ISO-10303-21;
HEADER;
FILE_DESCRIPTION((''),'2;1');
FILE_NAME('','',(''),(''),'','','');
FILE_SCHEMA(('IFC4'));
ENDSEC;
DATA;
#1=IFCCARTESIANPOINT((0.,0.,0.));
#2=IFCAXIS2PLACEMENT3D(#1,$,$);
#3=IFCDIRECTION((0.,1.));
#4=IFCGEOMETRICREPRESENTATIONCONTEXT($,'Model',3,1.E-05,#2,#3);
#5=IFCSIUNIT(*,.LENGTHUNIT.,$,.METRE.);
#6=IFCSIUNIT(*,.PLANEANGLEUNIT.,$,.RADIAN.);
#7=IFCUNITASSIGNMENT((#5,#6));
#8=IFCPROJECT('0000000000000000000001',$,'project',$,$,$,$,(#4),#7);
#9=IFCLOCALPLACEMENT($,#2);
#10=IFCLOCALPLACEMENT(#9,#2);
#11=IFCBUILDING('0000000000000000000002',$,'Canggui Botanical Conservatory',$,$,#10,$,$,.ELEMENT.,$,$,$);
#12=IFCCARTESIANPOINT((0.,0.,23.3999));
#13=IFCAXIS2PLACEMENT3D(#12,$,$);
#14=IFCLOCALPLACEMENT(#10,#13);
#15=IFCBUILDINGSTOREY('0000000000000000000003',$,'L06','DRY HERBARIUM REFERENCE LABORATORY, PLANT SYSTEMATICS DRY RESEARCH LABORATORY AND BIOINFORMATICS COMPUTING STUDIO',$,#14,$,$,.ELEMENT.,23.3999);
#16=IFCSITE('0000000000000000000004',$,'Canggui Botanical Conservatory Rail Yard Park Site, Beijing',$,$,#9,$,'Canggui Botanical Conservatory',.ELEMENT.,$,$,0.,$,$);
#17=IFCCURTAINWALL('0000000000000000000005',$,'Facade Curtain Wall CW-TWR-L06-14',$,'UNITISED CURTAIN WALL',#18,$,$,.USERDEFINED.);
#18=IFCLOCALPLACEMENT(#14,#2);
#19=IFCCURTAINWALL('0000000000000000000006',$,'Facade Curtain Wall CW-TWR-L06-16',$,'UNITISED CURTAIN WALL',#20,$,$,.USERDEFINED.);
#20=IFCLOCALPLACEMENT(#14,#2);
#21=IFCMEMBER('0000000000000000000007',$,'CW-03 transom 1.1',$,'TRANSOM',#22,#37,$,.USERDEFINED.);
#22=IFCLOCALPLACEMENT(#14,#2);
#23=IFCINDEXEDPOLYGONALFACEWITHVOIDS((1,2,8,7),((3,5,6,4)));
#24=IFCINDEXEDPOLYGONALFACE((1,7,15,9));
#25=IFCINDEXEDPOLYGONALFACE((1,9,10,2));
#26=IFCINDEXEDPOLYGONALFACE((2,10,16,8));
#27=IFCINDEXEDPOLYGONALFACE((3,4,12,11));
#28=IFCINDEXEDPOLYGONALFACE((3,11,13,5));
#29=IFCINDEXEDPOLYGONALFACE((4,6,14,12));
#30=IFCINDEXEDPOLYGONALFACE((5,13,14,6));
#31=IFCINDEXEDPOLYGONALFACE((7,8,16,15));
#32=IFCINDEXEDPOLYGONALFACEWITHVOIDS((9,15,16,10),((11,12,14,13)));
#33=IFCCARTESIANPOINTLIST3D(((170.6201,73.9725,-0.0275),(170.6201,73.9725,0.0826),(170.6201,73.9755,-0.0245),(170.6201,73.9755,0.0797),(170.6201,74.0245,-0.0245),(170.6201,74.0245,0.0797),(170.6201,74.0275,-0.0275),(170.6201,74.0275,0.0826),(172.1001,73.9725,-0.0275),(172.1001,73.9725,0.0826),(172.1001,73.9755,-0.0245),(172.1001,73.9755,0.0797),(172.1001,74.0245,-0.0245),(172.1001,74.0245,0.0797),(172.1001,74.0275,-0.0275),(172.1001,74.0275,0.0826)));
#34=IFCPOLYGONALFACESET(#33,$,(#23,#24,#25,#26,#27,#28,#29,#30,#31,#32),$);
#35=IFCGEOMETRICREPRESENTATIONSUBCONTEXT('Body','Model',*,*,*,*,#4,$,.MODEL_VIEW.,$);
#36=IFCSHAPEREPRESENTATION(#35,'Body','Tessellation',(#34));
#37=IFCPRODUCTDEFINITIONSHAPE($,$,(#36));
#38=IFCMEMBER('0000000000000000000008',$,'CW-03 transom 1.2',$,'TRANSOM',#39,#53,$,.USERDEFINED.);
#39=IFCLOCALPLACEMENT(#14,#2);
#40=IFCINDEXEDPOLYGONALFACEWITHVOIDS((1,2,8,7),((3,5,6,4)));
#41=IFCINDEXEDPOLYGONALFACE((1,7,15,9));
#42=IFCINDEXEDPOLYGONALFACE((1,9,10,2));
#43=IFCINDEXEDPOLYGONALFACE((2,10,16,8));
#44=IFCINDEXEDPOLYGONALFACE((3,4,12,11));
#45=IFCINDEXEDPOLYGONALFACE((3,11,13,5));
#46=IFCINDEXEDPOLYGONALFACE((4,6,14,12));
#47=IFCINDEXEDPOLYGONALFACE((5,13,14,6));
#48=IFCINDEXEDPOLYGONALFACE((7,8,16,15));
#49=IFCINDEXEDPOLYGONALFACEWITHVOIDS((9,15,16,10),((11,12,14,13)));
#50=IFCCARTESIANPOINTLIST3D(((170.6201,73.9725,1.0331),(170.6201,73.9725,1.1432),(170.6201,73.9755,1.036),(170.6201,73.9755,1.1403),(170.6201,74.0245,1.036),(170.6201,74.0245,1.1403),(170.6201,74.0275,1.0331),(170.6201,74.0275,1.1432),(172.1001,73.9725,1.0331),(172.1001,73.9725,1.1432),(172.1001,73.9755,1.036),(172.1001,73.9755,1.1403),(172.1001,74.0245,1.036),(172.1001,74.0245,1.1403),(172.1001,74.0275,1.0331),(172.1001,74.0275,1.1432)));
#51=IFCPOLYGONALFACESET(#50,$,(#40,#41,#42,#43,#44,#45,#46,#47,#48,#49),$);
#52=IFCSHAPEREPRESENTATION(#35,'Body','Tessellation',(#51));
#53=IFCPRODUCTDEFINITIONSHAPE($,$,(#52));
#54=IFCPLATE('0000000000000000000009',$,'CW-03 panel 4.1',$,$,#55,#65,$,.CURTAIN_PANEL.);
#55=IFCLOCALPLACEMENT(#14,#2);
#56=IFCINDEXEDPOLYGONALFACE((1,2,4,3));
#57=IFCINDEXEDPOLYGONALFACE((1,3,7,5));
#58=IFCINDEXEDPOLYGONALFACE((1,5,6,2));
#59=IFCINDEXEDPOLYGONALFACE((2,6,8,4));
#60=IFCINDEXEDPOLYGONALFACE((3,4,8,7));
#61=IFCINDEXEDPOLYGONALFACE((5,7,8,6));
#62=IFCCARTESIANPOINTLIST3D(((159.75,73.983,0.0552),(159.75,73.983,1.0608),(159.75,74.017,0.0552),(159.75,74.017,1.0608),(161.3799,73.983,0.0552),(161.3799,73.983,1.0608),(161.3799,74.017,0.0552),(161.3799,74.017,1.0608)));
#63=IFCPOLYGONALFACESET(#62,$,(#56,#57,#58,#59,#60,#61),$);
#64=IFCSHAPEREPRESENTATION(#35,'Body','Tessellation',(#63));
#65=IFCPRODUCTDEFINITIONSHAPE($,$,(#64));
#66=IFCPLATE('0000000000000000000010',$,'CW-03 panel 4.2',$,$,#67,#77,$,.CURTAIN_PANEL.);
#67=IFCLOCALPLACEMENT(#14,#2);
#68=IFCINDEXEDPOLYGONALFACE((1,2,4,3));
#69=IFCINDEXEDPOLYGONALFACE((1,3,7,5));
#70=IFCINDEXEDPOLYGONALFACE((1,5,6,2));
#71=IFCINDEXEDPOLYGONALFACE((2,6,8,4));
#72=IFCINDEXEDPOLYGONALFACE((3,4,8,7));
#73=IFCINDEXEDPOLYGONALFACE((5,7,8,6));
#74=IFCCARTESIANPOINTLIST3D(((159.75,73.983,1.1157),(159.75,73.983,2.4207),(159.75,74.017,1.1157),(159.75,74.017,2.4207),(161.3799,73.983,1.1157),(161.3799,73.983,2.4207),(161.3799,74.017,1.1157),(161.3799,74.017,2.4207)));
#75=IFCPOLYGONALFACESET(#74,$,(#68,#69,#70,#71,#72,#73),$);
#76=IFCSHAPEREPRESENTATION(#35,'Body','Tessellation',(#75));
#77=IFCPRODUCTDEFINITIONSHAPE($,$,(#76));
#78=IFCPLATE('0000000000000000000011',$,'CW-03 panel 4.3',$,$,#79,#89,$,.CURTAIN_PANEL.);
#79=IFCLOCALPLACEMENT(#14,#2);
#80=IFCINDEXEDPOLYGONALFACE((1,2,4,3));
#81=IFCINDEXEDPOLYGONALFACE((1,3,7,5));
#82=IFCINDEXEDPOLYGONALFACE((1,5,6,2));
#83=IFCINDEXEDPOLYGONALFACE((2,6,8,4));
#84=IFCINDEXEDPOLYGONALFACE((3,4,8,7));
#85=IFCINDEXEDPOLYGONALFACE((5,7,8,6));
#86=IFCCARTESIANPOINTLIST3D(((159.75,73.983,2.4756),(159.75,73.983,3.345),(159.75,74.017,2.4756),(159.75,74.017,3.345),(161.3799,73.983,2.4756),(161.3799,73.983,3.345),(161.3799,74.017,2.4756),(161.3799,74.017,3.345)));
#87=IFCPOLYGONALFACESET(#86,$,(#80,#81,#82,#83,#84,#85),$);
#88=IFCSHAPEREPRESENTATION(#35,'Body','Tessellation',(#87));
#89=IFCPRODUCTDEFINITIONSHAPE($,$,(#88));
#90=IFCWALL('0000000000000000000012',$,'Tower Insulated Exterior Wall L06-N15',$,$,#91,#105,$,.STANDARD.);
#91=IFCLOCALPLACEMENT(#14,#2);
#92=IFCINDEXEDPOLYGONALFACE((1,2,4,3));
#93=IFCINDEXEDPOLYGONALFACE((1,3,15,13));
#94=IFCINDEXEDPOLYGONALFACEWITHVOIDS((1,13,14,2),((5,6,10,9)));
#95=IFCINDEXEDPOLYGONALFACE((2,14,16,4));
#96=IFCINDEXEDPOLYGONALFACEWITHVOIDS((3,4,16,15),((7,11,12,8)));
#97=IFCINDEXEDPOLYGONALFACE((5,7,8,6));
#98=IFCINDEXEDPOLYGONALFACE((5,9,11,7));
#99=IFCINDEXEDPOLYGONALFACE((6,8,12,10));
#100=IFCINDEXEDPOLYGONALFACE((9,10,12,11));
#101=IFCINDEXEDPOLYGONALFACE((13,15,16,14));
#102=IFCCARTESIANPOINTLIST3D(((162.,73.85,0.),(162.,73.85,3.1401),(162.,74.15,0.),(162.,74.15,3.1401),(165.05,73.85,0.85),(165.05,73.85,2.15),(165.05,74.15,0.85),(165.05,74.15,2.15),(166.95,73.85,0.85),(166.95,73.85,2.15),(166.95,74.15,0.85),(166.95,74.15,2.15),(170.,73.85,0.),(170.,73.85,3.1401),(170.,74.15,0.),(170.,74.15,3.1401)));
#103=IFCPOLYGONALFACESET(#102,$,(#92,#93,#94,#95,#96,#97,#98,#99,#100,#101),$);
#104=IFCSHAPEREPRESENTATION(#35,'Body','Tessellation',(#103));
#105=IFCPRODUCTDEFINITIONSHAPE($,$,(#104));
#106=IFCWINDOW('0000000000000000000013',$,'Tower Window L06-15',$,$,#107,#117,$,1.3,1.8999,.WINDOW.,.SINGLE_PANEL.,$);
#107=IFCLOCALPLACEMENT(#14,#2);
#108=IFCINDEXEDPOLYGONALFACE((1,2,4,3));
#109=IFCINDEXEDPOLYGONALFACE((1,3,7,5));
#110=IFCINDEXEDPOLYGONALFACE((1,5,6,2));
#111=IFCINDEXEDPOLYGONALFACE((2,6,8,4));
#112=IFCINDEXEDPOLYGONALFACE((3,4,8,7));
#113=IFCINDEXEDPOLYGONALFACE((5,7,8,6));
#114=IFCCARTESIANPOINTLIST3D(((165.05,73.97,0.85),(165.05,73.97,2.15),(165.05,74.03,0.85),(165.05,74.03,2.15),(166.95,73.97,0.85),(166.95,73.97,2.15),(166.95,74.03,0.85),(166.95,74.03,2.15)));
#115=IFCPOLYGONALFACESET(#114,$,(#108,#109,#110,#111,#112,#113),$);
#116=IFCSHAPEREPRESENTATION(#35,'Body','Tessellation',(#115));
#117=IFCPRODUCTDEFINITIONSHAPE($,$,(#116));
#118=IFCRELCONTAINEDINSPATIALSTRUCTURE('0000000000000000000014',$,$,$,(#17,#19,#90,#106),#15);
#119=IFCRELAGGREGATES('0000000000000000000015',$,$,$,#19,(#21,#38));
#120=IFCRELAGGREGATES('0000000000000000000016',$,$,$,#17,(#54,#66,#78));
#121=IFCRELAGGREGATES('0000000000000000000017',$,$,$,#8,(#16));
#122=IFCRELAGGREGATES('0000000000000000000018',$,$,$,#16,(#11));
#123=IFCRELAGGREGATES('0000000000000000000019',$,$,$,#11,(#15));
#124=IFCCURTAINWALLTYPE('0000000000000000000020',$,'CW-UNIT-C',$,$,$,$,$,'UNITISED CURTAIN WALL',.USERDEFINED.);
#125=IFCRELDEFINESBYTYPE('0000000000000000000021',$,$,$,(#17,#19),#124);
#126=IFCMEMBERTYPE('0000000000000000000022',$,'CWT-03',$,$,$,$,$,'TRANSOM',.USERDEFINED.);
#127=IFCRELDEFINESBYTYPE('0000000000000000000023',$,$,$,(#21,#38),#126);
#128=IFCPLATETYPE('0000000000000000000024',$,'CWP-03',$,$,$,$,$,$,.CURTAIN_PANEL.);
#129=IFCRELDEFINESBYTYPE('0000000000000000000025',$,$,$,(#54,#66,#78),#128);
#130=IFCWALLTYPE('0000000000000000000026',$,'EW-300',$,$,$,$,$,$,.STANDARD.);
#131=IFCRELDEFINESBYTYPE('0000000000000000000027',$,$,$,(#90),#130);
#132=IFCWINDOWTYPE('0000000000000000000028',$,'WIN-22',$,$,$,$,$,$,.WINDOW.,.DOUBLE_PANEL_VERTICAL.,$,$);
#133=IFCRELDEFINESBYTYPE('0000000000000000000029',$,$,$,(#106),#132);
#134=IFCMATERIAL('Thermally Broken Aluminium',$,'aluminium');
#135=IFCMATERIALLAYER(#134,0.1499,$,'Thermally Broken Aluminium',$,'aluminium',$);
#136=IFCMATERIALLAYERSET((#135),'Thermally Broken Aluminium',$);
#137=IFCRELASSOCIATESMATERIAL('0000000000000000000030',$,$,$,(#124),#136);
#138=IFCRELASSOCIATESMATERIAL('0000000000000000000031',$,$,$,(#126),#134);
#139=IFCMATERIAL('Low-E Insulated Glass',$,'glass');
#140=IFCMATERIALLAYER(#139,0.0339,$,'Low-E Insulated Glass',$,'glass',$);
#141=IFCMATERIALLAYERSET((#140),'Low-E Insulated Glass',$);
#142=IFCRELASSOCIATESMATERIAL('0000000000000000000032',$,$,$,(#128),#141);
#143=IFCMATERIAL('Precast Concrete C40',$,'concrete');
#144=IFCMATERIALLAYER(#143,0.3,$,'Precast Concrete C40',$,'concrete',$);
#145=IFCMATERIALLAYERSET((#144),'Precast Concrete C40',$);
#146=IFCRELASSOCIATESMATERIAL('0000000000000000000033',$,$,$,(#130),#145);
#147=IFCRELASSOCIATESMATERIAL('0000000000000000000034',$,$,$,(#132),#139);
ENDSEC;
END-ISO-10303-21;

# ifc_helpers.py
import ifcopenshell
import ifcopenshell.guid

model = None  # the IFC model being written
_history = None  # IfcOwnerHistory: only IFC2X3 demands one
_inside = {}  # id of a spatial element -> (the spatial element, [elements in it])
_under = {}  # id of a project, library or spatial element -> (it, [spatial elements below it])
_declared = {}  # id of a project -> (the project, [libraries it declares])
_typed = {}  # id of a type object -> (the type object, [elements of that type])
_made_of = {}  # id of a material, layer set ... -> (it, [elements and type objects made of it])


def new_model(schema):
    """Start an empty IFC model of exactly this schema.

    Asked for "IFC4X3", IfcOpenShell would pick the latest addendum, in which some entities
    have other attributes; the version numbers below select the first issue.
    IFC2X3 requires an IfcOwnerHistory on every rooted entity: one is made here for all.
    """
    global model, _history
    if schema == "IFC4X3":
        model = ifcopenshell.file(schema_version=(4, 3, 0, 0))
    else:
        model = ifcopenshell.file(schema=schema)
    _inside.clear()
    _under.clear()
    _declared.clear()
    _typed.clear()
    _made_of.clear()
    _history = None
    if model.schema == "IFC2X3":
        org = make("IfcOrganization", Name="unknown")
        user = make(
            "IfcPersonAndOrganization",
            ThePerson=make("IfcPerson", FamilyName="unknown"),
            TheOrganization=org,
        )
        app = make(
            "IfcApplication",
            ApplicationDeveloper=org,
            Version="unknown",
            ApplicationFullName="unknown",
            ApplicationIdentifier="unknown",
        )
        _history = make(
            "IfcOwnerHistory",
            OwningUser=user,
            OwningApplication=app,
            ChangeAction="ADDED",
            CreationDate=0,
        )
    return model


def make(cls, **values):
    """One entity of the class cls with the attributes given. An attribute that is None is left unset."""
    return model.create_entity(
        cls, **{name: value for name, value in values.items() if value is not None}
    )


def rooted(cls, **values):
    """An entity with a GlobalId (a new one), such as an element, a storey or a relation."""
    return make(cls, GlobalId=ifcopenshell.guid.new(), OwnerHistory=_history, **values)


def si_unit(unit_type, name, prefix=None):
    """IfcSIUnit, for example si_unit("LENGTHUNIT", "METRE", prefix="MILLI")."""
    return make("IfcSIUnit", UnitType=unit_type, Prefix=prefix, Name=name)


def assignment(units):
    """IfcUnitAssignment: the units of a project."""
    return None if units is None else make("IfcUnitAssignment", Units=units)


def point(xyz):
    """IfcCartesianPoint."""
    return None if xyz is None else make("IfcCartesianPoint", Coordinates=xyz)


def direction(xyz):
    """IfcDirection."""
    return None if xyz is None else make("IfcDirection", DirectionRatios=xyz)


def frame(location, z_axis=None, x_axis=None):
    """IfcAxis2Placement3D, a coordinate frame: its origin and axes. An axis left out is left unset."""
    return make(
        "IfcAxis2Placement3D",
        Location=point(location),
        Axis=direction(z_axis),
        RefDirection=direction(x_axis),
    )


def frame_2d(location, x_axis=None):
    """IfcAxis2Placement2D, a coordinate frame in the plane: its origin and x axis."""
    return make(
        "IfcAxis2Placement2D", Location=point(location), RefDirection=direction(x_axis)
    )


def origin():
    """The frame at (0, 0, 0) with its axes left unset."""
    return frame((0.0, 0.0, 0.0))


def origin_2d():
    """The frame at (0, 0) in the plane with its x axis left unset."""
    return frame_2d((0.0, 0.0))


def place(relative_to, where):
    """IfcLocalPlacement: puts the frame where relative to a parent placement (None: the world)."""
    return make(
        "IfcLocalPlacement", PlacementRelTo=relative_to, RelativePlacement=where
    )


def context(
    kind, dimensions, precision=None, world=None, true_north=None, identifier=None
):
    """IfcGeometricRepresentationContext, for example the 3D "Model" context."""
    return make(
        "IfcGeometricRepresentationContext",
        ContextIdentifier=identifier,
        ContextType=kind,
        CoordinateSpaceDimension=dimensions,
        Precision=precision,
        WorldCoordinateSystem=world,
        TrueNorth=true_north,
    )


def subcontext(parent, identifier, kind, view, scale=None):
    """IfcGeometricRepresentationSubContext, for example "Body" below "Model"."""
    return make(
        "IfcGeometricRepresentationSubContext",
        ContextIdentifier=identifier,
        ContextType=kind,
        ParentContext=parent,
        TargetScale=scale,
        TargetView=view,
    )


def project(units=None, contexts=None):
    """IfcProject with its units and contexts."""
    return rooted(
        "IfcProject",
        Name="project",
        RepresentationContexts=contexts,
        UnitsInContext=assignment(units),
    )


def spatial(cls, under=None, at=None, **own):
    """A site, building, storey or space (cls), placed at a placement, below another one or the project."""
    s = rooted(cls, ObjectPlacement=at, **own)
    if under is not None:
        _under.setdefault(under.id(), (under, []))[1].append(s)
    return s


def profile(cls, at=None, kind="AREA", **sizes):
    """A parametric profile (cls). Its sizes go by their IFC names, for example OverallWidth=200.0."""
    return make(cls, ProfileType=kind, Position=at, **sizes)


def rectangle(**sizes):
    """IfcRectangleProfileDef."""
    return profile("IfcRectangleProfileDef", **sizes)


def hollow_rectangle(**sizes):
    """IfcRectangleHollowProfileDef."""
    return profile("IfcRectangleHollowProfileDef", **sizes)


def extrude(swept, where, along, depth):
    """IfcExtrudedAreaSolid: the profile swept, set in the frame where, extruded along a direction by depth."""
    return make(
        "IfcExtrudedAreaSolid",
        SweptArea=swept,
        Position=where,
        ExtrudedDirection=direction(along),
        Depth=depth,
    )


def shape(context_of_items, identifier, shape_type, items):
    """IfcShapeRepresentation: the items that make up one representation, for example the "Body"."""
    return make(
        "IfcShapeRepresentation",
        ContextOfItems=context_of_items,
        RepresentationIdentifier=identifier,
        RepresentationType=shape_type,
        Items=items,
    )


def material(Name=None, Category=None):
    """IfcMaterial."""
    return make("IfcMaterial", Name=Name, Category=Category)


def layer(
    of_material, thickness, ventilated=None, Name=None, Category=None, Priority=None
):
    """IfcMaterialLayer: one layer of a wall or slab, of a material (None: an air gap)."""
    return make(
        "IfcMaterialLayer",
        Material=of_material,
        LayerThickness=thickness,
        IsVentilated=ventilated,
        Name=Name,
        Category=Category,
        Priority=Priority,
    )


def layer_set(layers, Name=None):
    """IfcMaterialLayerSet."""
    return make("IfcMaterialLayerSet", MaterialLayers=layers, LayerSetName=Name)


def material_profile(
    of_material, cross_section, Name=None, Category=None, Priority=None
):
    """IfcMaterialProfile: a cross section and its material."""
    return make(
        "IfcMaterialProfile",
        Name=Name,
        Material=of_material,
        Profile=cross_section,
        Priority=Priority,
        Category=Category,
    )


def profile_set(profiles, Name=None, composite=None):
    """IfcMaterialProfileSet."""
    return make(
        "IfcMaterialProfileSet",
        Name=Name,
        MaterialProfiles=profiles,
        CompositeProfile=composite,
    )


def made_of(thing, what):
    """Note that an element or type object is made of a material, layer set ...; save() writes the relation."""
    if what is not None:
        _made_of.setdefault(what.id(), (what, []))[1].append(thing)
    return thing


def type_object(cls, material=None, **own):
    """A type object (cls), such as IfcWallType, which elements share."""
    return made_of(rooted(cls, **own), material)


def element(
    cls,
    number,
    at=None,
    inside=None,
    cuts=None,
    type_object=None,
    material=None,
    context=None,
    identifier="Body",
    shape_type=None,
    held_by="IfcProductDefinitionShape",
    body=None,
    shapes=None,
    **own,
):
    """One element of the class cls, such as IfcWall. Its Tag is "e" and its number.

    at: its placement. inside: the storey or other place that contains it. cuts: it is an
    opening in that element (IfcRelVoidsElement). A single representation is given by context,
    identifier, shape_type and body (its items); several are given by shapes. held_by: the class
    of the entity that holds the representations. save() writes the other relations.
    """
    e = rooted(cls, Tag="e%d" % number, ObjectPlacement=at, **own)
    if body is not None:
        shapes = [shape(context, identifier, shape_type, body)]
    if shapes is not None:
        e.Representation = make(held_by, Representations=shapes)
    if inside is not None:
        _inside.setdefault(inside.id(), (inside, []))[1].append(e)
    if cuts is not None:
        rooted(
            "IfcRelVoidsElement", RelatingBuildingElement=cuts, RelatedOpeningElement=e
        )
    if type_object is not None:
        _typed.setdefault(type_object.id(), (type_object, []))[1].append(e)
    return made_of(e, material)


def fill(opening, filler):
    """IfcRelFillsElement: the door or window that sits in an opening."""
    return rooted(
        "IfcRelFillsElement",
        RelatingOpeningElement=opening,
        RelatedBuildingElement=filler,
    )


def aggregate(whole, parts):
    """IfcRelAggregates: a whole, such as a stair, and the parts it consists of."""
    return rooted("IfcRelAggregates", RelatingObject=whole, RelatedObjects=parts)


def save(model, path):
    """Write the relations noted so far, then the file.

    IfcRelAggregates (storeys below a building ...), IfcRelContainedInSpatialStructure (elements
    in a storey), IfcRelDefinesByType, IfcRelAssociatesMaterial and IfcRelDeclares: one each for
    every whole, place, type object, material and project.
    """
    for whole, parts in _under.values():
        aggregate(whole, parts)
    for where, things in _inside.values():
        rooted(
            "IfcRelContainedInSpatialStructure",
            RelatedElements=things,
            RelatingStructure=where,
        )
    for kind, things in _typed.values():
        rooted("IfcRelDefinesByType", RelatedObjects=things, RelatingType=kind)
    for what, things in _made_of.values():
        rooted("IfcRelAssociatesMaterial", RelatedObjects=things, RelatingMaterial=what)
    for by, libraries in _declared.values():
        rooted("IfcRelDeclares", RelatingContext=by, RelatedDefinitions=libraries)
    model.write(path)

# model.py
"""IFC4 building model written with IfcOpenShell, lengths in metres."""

from ifc_helpers import new_model, si_unit, direction, frame, frame_2d, origin, origin_2d, place, context, subcontext, project, spatial, rectangle, hollow_rectangle, extrude, material, layer, layer_set, material_profile, profile_set, type_object, element, fill, aggregate, save


model = new_model("IFC4")

# Units and contexts
model_context = context("Model", 3, precision=1e-05, world=origin(), true_north=direction((0.0, 1.0)))
body_context = subcontext(model_context, "Body", "Model", "MODEL_VIEW")
ifc_project = project(units=[si_unit("LENGTHUNIT", "METRE"), si_unit("PLANEANGLEUNIT", "RADIAN")], contexts=[model_context])

# Site, building, storey
site_placement = place(None, origin())
site = spatial("IfcSite", under=ifc_project, at=site_placement, Name="Canggui Botanical Conservatory Rail Yard Park Site, Beijing", LongName="Canggui Botanical Conservatory", CompositionType="ELEMENT", RefElevation=0.0)
building_placement = place(site_placement, origin())
building = spatial("IfcBuilding", under=site, at=building_placement, Name="Canggui Botanical Conservatory", CompositionType="ELEMENT")
storey_placement = place(building_placement, frame((0.0, 0.0, 23.3999)))
storey = spatial("IfcBuildingStorey", under=building, at=storey_placement, Name="L06", Description="DRY HERBARIUM REFERENCE LABORATORY, PLANT SYSTEMATICS DRY RESEARCH LABORATORY AND BIOINFORMATICS COMPUTING STUDIO", CompositionType="ELEMENT", Elevation=23.3999)

# Curtain wall
ifc_material_1 = material(Name="Thermally Broken Aluminium", Category="aluminium")
ifc_layer_1 = layer(ifc_material_1, 0.1499, Name="Thermally Broken Aluminium", Category="aluminium")
ifc_layer_set_1 = layer_set([ifc_layer_1], Name="Thermally Broken Aluminium")
curtain_wall_type = type_object("IfcCurtainWallType", Name="CW-UNIT-C", ElementType="UNITISED CURTAIN WALL", PredefinedType="USERDEFINED", material=ifc_layer_set_1)
curtain_wall_1_placement = place(storey_placement, origin())
curtain_wall_1 = element("IfcCurtainWall", 1, at=curtain_wall_1_placement, inside=storey, type_object=curtain_wall_type, Name="Facade Curtain Wall CW-TWR-L06-14", ObjectType="UNITISED CURTAIN WALL", PredefinedType="USERDEFINED")

# Curtain wall
curtain_wall_2_placement = place(storey_placement, origin())
curtain_wall_2 = element("IfcCurtainWall", 2, at=curtain_wall_2_placement, inside=storey, type_object=curtain_wall_type, Name="Facade Curtain Wall CW-TWR-L06-16", ObjectType="UNITISED CURTAIN WALL", PredefinedType="USERDEFINED")

# Members
ifc_material_profile_1 = material_profile(ifc_material_1, hollow_rectangle(XDim=0.0549, YDim=0.1101, WallThickness=0.0029, at=origin_2d()), Name="CWT 55x110x3")
ifc_profile_set_1 = profile_set([ifc_material_profile_1], Name="Thermally Broken Aluminium")
member_type_1 = type_object("IfcMemberType", Name="CWT-03", ElementType="TRANSOM", PredefinedType="USERDEFINED", material=ifc_profile_set_1)
member_1_placement = place(storey_placement, frame((170.6201, 74.0, 0.0276), z_axis=(1.0, 0.0, 0.0), x_axis=(0.0, 1.0, 0.0)))
member_1 = element("IfcMember", 3, at=member_1_placement, type_object=member_type_1, Name="CW-03 transom 1.1", ObjectType="TRANSOM", PredefinedType="USERDEFINED", context=body_context, shape_type="SweptSolid", body=[
    extrude(hollow_rectangle(XDim=0.0549, YDim=0.1101, WallThickness=0.0029, at=origin_2d()), origin(), (0.0, 0.0, 1.0), 1.48),
])
member_2_placement = place(storey_placement, frame((170.6201, 74.0, 1.0881), z_axis=(1.0, 0.0, 0.0), x_axis=(0.0, 1.0, 0.0)))
member_2 = element("IfcMember", 4, at=member_2_placement, type_object=member_type_1, Name="CW-03 transom 1.2", ObjectType="TRANSOM", PredefinedType="USERDEFINED", context=body_context, shape_type="SweptSolid", body=[
    extrude(hollow_rectangle(XDim=0.0549, YDim=0.1101, WallThickness=0.0029, at=origin_2d()), origin(), (0.0, 0.0, 1.0), 1.48),
])
aggregate(curtain_wall_2, [member_1, member_2])

# Plates
ifc_material_2 = material(Name="Low-E Insulated Glass", Category="glass")
ifc_layer_2 = layer(ifc_material_2, 0.0339, Name="Low-E Insulated Glass", Category="glass")
ifc_layer_set_2 = layer_set([ifc_layer_2], Name="Low-E Insulated Glass")
plate_type = type_object("IfcPlateType", Name="CWP-03", PredefinedType="CURTAIN_PANEL", material=ifc_layer_set_2)
plate_1_placement = place(storey_placement, frame((160.5649, 74.0, 0.0552), z_axis=(0.0, 0.0, 1.0), x_axis=(1.0, 0.0, 0.0)))
plate_1 = element("IfcPlate", 5, at=plate_1_placement, type_object=plate_type, Name="CW-03 panel 4.1", PredefinedType="CURTAIN_PANEL", context=body_context, shape_type="SweptSolid", body=[
    extrude(rectangle(XDim=1.6299, YDim=0.0339, at=origin_2d()), origin(), (0.0, 0.0, 1.0), 1.0056),
])
plate_2_placement = place(storey_placement, frame((160.5649, 74.0, 1.1157), z_axis=(0.0, 0.0, 1.0), x_axis=(1.0, 0.0, 0.0)))
plate_2 = element("IfcPlate", 6, at=plate_2_placement, type_object=plate_type, Name="CW-03 panel 4.2", PredefinedType="CURTAIN_PANEL", context=body_context, shape_type="SweptSolid", body=[
    extrude(rectangle(XDim=1.6299, YDim=0.0339, at=origin_2d()), origin(), (0.0, 0.0, 1.0), 1.3049),
])
plate_3_placement = place(storey_placement, frame((160.5649, 74.0, 2.4756), z_axis=(0.0, 0.0, 1.0), x_axis=(1.0, 0.0, 0.0)))
plate_3 = element("IfcPlate", 7, at=plate_3_placement, type_object=plate_type, Name="CW-03 panel 4.3", PredefinedType="CURTAIN_PANEL", context=body_context, shape_type="SweptSolid", body=[
    extrude(rectangle(XDim=1.6299, YDim=0.0339, at=origin_2d()), origin(), (0.0, 0.0, 1.0), 0.8694),
])
aggregate(curtain_wall_1, [plate_1, plate_2, plate_3])

# Wall, opening, window
ifc_material_3 = material(Name="Precast Concrete C40", Category="concrete")
ifc_layer_3 = layer(ifc_material_3, 0.3, Name="Precast Concrete C40", Category="concrete")
ifc_layer_set_3 = layer_set([ifc_layer_3], Name="Precast Concrete C40")
wall_type = type_object("IfcWallType", Name="EW-300", PredefinedType="STANDARD", material=ifc_layer_set_3)
wall_placement = place(storey_placement, frame((162.0, 74.0, 0.0), z_axis=(0.0, 0.0, 1.0), x_axis=(1.0, 0.0, 0.0)))
wall = element("IfcWall", 8, at=wall_placement, inside=storey, type_object=wall_type, Name="Tower Insulated Exterior Wall L06-N15", PredefinedType="STANDARD", context=body_context, shape_type="SweptSolid", body=[
    extrude(rectangle(XDim=8.0, YDim=0.3, at=frame_2d((4.0, 0.0))), origin(), (0.0, 0.0, 1.0), 3.1401),
])
opening_placement = place(wall_placement, frame((3.05, 0.0, 0.8501)))
opening = element("IfcOpeningElement", 9, at=opening_placement, cuts=wall, PredefinedType="OPENING", context=body_context, shape_type="SweptSolid", body=[
    extrude(rectangle(XDim=1.8999, YDim=1.3, at=frame_2d((0.95, 0.6499))), frame((0.0, 0.1602, 0.0), z_axis=(0.0, -1.0, 0.0), x_axis=(1.0, 0.0, 0.0)), (0.0, 0.0, 1.0), 0.3201),
])
window_type = type_object("IfcWindowType", Name="WIN-22", PartitioningType="DOUBLE_PANEL_VERTICAL", PredefinedType="WINDOW", material=ifc_material_2)
window_placement = place(opening_placement, origin())
window = element("IfcWindow", 10, at=window_placement, inside=storey, type_object=window_type, Name="Tower Window L06-15", OverallHeight=1.3, OverallWidth=1.8999, PartitioningType="SINGLE_PANEL", PredefinedType="WINDOW", context=body_context, shape_type="SweptSolid", body=[
    extrude(rectangle(XDim=1.8999, YDim=1.3, at=frame_2d((0.95, 0.6499))), frame((0.0, 0.03, 0.0), z_axis=(0.0, -1.0, 0.0), x_axis=(1.0, 0.0, 0.0)), (0.0, 0.0, 1.0), 0.0601),
])
fill(opening, window)

save(model, "model.ifc")
